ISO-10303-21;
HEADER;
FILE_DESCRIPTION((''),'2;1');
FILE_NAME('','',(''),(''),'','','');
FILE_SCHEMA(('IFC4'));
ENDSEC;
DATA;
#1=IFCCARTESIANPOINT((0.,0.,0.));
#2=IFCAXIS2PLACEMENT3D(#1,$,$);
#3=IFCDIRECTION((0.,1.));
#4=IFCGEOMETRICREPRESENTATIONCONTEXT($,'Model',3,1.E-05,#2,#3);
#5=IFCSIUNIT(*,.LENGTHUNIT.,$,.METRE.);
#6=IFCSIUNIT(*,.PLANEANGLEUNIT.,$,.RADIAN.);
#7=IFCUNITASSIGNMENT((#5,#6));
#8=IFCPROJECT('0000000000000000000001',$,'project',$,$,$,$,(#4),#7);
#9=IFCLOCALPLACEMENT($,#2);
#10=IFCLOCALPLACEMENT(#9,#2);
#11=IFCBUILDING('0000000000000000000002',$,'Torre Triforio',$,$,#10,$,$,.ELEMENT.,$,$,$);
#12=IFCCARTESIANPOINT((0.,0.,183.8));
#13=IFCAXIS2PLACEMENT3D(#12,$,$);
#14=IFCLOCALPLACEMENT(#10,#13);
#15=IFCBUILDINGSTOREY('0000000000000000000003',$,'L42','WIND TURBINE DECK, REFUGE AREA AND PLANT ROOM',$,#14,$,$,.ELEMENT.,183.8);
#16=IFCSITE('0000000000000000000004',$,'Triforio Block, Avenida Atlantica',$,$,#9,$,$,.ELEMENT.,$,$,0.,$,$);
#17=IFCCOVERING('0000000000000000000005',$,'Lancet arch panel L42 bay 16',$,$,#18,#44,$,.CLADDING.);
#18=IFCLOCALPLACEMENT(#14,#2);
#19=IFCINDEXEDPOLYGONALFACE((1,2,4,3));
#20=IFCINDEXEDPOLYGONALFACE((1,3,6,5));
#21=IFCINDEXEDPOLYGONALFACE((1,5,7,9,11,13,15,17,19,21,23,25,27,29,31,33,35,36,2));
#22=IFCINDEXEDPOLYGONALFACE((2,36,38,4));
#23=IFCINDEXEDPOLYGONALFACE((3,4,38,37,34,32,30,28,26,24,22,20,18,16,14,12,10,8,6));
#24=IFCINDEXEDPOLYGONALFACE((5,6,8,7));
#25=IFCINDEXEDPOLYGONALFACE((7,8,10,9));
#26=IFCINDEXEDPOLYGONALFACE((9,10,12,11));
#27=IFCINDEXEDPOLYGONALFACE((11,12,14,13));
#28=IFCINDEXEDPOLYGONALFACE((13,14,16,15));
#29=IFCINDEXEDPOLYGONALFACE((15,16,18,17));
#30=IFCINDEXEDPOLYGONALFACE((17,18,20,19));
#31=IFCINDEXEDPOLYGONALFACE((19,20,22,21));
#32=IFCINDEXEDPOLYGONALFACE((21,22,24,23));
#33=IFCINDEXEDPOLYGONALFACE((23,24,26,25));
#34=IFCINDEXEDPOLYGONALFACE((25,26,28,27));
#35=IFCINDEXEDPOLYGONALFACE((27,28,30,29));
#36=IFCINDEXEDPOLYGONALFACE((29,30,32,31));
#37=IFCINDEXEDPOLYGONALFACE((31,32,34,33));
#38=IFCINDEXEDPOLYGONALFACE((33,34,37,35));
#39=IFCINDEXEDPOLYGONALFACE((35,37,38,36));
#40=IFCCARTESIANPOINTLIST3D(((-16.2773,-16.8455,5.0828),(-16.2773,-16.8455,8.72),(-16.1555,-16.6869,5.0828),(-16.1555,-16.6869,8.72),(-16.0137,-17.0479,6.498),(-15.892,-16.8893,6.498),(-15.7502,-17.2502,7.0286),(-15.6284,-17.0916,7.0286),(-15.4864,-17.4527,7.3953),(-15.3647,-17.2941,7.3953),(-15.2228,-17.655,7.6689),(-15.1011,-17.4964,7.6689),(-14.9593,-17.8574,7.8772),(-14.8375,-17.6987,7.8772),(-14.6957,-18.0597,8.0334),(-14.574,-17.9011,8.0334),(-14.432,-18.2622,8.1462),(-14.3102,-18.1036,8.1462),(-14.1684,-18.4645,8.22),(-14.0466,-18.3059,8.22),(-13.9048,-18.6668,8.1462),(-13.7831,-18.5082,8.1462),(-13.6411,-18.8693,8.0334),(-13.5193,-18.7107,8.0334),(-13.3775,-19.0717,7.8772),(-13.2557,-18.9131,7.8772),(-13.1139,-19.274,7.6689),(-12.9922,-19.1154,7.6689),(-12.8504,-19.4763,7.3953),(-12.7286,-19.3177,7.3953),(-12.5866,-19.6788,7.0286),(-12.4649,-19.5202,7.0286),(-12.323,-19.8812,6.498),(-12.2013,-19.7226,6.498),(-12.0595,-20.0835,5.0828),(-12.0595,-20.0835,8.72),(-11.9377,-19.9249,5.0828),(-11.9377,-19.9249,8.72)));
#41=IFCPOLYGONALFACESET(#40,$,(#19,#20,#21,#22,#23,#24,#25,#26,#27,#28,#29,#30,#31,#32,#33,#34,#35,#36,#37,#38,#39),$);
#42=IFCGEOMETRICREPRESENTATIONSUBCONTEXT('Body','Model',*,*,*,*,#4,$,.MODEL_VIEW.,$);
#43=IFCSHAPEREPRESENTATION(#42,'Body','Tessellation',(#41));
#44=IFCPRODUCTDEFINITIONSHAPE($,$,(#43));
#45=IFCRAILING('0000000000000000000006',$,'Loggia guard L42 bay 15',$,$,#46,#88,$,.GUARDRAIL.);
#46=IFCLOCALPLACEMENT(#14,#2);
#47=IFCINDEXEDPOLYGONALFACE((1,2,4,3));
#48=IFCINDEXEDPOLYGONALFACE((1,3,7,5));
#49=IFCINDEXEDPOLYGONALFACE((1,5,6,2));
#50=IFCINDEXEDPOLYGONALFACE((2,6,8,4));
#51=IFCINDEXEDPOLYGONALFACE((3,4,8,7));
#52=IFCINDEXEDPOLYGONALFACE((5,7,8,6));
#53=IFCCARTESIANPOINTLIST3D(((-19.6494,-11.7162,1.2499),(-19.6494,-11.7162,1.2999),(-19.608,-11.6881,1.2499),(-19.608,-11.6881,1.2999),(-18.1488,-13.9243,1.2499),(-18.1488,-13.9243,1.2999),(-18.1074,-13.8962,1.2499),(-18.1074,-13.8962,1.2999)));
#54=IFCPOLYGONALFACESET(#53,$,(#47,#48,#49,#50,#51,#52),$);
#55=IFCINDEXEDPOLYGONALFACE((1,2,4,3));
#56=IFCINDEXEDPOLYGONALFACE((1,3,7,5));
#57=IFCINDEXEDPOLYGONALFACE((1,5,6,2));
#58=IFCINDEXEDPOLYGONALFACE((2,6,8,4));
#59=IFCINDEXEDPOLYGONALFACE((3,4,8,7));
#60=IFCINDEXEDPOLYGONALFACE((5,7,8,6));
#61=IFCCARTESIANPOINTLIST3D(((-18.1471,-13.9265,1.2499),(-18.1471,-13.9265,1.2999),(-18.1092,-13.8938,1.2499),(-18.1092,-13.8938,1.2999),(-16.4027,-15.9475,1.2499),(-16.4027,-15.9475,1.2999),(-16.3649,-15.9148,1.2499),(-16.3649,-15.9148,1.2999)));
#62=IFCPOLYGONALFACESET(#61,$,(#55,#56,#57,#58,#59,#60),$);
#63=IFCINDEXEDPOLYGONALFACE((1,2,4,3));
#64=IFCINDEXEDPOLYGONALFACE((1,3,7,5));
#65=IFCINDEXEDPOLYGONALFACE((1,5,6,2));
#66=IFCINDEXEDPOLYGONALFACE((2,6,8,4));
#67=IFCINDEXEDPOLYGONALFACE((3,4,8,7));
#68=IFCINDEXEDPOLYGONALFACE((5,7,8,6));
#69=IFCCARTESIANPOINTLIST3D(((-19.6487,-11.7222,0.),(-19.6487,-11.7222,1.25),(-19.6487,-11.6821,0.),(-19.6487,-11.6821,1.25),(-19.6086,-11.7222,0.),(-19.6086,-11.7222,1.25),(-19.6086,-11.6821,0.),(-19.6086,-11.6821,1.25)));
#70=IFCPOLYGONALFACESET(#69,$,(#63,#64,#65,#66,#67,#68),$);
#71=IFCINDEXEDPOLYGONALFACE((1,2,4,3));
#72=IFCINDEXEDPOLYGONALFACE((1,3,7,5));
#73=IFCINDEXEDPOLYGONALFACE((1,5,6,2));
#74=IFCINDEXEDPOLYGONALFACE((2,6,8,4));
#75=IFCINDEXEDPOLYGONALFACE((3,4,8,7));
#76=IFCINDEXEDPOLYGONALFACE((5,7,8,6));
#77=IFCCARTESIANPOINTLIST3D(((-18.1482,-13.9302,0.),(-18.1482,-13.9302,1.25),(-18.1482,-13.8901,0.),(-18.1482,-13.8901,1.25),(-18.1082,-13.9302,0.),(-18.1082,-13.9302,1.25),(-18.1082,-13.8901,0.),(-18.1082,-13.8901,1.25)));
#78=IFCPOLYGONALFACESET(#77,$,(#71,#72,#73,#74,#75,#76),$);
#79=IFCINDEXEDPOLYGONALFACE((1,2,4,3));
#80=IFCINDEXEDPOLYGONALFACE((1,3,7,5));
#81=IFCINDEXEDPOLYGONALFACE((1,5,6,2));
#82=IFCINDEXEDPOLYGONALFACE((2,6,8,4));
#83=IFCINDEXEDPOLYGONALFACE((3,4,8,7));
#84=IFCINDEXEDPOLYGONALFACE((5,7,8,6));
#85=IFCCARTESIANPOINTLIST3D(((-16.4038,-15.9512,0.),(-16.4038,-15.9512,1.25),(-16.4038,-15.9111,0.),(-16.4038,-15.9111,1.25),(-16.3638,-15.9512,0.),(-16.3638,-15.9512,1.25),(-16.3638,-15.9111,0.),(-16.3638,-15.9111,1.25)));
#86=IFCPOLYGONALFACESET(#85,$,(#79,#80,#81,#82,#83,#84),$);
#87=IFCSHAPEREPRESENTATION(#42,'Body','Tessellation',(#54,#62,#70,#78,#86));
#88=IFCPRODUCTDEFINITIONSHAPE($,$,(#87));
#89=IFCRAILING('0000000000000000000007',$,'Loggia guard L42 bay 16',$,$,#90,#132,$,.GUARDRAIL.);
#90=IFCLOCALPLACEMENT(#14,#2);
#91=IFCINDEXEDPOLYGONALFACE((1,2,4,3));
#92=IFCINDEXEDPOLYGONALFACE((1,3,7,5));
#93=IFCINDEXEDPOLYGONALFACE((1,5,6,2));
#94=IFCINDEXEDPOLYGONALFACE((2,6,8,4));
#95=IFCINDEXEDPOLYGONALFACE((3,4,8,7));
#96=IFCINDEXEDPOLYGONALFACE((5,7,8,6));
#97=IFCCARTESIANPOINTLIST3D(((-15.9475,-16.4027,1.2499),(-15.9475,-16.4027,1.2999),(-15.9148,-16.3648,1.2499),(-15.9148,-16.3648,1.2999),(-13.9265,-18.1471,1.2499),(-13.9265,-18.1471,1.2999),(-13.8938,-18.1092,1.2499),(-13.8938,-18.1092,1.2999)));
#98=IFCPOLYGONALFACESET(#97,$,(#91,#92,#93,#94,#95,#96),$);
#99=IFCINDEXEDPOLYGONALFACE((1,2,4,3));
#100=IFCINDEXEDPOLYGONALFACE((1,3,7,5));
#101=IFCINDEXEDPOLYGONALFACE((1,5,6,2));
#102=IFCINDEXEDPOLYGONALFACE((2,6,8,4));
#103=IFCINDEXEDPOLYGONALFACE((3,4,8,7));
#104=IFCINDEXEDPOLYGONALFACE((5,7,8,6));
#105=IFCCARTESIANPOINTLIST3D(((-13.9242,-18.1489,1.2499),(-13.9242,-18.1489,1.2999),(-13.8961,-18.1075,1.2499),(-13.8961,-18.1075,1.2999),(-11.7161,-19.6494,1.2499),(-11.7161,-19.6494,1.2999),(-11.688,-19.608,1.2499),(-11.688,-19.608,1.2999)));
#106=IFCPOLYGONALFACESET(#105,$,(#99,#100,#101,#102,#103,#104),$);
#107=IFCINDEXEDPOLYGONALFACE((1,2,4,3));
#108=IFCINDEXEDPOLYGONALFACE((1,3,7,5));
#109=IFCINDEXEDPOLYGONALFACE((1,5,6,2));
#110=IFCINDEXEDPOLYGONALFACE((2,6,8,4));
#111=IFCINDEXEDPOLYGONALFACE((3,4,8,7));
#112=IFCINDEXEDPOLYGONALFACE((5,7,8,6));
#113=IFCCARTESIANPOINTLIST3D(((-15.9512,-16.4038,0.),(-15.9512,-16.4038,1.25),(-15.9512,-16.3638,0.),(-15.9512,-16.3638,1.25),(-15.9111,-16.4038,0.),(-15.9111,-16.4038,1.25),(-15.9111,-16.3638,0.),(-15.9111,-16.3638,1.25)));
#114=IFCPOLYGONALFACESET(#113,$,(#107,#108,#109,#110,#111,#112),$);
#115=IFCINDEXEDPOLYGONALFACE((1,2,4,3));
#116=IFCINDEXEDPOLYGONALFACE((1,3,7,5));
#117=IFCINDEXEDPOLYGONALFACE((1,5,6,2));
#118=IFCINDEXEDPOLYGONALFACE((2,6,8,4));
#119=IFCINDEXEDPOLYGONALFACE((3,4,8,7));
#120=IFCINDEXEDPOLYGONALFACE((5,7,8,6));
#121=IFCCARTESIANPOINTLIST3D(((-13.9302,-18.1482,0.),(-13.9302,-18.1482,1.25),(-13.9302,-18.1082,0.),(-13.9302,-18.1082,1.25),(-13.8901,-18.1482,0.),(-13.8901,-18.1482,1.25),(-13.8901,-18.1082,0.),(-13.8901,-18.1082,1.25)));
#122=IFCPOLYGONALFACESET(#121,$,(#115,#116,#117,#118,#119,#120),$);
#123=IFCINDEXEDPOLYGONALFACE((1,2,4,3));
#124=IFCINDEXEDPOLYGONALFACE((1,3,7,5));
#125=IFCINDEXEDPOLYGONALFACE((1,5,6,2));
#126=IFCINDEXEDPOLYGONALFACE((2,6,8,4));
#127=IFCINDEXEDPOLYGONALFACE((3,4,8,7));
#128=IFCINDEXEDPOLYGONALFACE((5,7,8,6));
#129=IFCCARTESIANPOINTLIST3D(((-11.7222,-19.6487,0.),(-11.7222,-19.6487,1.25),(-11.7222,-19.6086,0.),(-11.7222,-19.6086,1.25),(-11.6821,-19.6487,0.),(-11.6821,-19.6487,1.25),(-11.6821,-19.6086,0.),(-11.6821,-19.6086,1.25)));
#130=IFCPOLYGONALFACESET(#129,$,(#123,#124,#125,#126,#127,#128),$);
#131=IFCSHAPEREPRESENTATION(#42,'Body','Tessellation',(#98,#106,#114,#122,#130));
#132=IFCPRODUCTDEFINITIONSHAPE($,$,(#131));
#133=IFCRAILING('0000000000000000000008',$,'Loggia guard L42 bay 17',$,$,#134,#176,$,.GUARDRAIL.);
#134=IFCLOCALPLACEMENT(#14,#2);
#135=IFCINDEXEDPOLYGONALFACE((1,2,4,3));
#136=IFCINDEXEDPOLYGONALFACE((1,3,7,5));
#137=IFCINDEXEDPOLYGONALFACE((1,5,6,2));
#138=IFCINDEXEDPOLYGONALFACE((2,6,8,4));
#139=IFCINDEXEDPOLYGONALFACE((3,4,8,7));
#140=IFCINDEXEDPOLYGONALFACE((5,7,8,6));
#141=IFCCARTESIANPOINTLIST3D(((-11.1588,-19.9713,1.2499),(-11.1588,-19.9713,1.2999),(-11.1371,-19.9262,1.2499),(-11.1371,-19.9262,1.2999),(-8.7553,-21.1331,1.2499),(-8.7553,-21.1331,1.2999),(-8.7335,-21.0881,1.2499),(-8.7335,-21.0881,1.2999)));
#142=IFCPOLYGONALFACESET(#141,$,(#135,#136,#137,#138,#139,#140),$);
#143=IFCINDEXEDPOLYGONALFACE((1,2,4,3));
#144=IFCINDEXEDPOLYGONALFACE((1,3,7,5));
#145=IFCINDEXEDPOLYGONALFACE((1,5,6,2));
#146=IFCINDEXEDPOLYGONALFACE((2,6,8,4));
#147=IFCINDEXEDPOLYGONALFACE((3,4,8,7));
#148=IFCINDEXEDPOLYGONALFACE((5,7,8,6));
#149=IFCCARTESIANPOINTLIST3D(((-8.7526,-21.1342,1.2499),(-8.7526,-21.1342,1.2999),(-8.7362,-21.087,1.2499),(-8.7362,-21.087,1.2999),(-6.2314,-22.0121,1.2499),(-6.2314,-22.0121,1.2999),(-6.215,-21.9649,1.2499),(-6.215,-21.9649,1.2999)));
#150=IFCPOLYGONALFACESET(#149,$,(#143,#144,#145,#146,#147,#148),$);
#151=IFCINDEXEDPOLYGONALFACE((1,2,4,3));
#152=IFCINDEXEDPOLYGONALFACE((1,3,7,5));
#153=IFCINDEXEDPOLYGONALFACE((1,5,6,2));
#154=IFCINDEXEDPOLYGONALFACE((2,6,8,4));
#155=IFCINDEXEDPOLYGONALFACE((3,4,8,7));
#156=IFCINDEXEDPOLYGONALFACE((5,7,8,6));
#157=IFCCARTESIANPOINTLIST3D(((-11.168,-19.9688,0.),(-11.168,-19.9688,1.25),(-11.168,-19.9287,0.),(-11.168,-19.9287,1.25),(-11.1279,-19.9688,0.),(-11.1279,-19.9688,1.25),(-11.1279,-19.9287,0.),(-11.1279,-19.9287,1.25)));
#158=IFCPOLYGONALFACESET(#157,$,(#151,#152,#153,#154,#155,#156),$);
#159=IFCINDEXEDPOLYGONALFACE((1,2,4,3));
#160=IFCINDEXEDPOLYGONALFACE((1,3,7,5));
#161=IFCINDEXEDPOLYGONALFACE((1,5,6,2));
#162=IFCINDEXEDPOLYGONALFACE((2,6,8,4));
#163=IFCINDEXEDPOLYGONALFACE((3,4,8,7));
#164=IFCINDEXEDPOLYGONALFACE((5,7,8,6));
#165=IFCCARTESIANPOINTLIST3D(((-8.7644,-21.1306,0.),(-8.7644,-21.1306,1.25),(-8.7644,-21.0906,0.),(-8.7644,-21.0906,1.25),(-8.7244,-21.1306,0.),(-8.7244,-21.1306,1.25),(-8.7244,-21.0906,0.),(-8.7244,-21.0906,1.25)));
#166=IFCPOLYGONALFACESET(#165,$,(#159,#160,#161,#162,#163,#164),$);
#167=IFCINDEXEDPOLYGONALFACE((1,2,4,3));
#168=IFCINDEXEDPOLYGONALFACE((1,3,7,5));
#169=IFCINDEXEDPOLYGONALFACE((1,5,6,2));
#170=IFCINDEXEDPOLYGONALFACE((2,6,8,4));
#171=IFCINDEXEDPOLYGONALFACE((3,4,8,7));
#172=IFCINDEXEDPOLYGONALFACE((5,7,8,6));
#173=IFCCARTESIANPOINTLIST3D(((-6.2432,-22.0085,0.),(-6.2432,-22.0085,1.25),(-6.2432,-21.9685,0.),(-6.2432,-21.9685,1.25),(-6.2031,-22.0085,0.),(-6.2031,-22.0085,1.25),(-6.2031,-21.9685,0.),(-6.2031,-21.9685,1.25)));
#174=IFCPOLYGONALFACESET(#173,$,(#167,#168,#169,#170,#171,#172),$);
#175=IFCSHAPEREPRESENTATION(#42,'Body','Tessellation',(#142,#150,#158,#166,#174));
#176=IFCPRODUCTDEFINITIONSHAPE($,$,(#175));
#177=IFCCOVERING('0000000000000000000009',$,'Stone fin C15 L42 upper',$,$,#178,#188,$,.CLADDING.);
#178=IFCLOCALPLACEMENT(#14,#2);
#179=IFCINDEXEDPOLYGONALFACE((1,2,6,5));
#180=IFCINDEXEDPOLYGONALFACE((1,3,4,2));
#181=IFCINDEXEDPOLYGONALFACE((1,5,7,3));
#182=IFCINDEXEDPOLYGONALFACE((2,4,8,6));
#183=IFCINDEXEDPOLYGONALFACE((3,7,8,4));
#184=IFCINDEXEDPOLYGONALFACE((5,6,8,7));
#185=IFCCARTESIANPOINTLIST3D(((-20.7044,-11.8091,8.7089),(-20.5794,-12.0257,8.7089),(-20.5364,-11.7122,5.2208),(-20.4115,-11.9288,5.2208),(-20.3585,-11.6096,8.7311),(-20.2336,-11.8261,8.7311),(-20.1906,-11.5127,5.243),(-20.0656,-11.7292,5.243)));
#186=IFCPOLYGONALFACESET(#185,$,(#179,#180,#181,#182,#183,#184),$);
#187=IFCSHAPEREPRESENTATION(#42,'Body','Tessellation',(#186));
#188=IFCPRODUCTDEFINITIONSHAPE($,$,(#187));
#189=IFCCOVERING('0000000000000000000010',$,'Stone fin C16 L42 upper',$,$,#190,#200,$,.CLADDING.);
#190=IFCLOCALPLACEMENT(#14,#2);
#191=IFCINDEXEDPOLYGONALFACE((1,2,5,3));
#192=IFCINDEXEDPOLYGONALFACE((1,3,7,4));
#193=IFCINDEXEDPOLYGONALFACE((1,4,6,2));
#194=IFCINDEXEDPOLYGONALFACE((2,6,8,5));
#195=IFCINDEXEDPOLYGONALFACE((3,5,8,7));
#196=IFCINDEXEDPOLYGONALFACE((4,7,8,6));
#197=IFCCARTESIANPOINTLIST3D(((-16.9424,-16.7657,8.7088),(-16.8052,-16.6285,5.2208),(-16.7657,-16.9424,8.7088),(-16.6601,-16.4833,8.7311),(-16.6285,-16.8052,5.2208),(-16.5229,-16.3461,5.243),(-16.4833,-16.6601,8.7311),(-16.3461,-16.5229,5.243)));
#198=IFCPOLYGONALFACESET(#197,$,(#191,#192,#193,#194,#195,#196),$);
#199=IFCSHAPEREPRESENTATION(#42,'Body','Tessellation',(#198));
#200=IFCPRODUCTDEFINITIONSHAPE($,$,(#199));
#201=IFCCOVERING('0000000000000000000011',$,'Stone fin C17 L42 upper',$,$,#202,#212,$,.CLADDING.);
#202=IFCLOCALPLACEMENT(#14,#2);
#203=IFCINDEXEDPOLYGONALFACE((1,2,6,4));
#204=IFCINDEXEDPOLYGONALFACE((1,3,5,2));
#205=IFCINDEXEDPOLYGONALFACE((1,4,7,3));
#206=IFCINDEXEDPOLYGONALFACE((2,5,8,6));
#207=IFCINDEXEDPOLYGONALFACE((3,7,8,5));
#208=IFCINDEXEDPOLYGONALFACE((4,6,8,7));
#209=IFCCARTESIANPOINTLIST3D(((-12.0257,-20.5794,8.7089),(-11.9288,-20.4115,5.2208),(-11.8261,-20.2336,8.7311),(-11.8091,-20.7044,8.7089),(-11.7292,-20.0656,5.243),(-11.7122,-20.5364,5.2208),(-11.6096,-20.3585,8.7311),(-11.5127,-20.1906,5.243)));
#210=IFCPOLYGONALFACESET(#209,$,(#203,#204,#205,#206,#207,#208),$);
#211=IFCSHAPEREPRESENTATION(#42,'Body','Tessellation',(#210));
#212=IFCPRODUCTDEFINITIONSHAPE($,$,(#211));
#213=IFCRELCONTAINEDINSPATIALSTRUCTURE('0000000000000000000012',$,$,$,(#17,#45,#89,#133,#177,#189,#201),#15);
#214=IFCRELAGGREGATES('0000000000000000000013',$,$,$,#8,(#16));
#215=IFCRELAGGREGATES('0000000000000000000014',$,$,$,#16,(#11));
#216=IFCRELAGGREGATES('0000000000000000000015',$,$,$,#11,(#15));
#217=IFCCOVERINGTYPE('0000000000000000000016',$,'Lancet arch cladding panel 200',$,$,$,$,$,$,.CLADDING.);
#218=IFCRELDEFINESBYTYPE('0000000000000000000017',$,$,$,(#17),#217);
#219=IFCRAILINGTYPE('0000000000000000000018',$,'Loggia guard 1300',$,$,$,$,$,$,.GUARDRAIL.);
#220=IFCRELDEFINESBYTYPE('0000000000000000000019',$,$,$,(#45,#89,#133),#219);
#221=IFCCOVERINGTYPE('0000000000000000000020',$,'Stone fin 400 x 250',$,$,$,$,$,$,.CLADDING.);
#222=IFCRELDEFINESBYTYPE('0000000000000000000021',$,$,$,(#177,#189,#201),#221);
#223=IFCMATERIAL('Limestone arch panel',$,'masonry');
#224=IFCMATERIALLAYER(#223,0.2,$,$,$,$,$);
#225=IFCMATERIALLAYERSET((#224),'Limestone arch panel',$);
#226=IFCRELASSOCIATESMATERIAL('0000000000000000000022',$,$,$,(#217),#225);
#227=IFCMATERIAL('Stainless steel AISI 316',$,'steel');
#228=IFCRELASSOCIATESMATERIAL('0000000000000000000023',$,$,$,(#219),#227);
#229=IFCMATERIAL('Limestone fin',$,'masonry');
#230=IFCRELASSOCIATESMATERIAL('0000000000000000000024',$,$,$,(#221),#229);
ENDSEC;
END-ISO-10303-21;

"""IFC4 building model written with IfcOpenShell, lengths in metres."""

from ifc_helpers import new_model, si_unit, direction, frame, origin, origin_2d, place, context, subcontext, project, spatial, polyline, rectangle, outline, extrude, material, layer, layer_set, material_profile, profile_set, type_object, element, save


model = new_model("IFC4")

# Units and contexts
model_context = context("Model", 3, precision=1e-05, world=origin(), true_north=direction((0.0, 1.0)))
body_context = subcontext(model_context, "Body", "Model", "MODEL_VIEW")
ifc_project = project(units=[si_unit("LENGTHUNIT", "METRE"), si_unit("PLANEANGLEUNIT", "RADIAN")], contexts=[model_context])

# Site, building, storey
site_placement = place(None, origin())
site = spatial("IfcSite", under=ifc_project, at=site_placement, Name="Triforio Block, Avenida Atlantica", CompositionType="ELEMENT", RefElevation=0.0)
building_placement = place(site_placement, origin())
building = spatial("IfcBuilding", under=site, at=building_placement, Name="Torre Triforio", CompositionType="ELEMENT")
storey_placement = place(building_placement, frame((0.0, 0.0, 183.8)))
storey = spatial("IfcBuildingStorey", under=building, at=storey_placement, Name="L42", Description="WIND TURBINE DECK, REFUGE AREA AND PLANT ROOM", CompositionType="ELEMENT", Elevation=183.8)

# Covering
ifc_material_1 = material(Name="Limestone arch panel", Category="masonry")
ifc_layer_1 = layer(ifc_material_1, 0.2)
ifc_layer_set_1 = layer_set([ifc_layer_1], Name="Limestone arch panel")
covering_type_1 = type_object("IfcCoveringType", Name="Lancet arch cladding panel 200", PredefinedType="CLADDING", material=ifc_layer_set_1)
for number, where, z_axis, x_axis, name in (
    (1, (-14.0466, -18.3059, 0.0), (-0.608944, -0.793213, 0.0), (0.793213, -0.608944, 0.0), "Lancet arch panel L42 bay 16"),
):
    element("IfcCovering", number, at=place(storey_placement, frame(where, z_axis=z_axis, x_axis=x_axis)), inside=storey, type_object=covering_type_1, Name=name, PredefinedType="CLADDING", context=body_context, shape_type="SweptSolid", body=[
        extrude(outline(polyline([(-2.6587, 8.72), (-2.6587, 5.0828), (-2.3264, 6.498), (-1.9941, 7.0286), (-1.6616, 7.3953), (-1.3293, 7.6689), (-0.9971, 7.8772), (-0.6648, 8.0334), (-0.3323, 8.1462), (0.0, 8.22), (0.3323, 8.1462), (0.6648, 8.0334), (0.9971, 7.8772), (1.3293, 7.6689), (1.6616, 7.3953), (1.9941, 7.0286), (2.3264, 6.498), (2.6587, 5.0828), (2.6587, 8.72), (-2.6587, 8.72)])), origin(), (0.0, 0.0, 1.0), 0.2),
    ])

# Railings
ifc_material_2 = material(Name="Stainless steel AISI 316", Category="steel")
railing_type = type_object("IfcRailingType", Name="Loggia guard 1300", PredefinedType="GUARDRAIL", material=ifc_material_2)
railing_1_placement = place(storey_placement, frame((-19.6287, -11.7021, 0.0)))
element("IfcRailing", 2, at=railing_1_placement, inside=storey, type_object=railing_type, Name="Loggia guard L42 bay 15", PredefinedType="GUARDRAIL", context=body_context, shape_type="SweptSolid", body=[
    extrude(rectangle(XDim=0.05, YDim=0.05, at=origin_2d()), frame((0.0, 0.0, 1.2749), z_axis=(0.562065, -0.827093, 0.0), x_axis=(0.827093, 0.562065, 0.0)), (0.0, 0.0, 1.0), 2.6697),
    extrude(rectangle(XDim=0.05, YDim=0.05, at=origin_2d()), frame((1.5005, -2.208, 1.2749), z_axis=(0.653401, -0.757012, 0.0), x_axis=(0.757012, 0.653401, 0.0)), (0.0, 0.0, 1.0), 2.6697),
    extrude(rectangle(XDim=0.04, YDim=0.04, at=origin_2d()), origin(), (0.0, 0.0, 1.0), 1.25),
    extrude(rectangle(XDim=0.04, YDim=0.04, at=origin_2d()), frame((1.5005, -2.208, 0.0)), (0.0, 0.0, 1.0), 1.25),
    extrude(rectangle(XDim=0.04, YDim=0.04, at=origin_2d()), frame((3.2449, -4.229, 0.0)), (0.0, 0.0, 1.0), 1.25),
])
railing_2_placement = place(storey_placement, frame((-15.9312, -16.3838, 0.0)))
element("IfcRailing", 3, at=railing_2_placement, inside=storey, type_object=railing_type, Name="Loggia guard L42 bay 16", PredefinedType="GUARDRAIL", context=body_context, shape_type="SweptSolid", body=[
    extrude(rectangle(XDim=0.05, YDim=0.05, at=origin_2d()), frame((0.0, 0.0, 1.2749), z_axis=(0.757012, -0.653401, 0.0), x_axis=(0.653401, 0.757012, 0.0)), (0.0, 0.0, 1.0), 2.6697),
    extrude(rectangle(XDim=0.05, YDim=0.05, at=origin_2d()), frame((2.021, -1.7444, 1.2749), z_axis=(0.827093, -0.562065, 0.0), x_axis=(0.562065, 0.827093, 0.0)), (0.0, 0.0, 1.0), 2.6697),
    extrude(rectangle(XDim=0.04, YDim=0.04, at=origin_2d()), origin(), (0.0, 0.0, 1.0), 1.25),
    extrude(rectangle(XDim=0.04, YDim=0.04, at=origin_2d()), frame((2.021, -1.7444, 0.0)), (0.0, 0.0, 1.0), 1.25),
    extrude(rectangle(XDim=0.04, YDim=0.04, at=origin_2d()), frame((4.229, -3.2449, 0.0)), (0.0, 0.0, 1.0), 1.25),
])
railing_3_placement = place(storey_placement, frame((-11.1479, -19.9487, 0.0)))
element("IfcRailing", 4, at=railing_3_placement, inside=storey, type_object=railing_type, Name="Loggia guard L42 bay 17", PredefinedType="GUARDRAIL", context=body_context, shape_type="SweptSolid", body=[
    extrude(rectangle(XDim=0.05, YDim=0.05, at=origin_2d()), frame((0.0, 0.0, 1.2749), z_axis=(0.900328, -0.435212, 0.0), x_axis=(0.435212, 0.900328, 0.0)), (0.0, 0.0, 1.0), 2.6697),
    extrude(rectangle(XDim=0.05, YDim=0.05, at=origin_2d()), frame((2.4036, -1.1619, 1.2749), z_axis=(0.944383, -0.328847, 0.0), x_axis=(0.328847, 0.944383, 0.0)), (0.0, 0.0, 1.0), 2.6697),
    extrude(rectangle(XDim=0.04, YDim=0.04, at=origin_2d()), origin(), (0.0, 0.0, 1.0), 1.25),
    extrude(rectangle(XDim=0.04, YDim=0.04, at=origin_2d()), frame((2.4036, -1.1619, 0.0)), (0.0, 0.0, 1.0), 1.25),
    extrude(rectangle(XDim=0.04, YDim=0.04, at=origin_2d()), frame((4.9248, -2.0398, 0.0)), (0.0, 0.0, 1.0), 1.25),
])

# Coverings
ifc_material_3 = material(Name="Limestone fin", Category="masonry")
ifc_material_profile_1 = material_profile(ifc_material_3, rectangle(XDim=0.3999, YDim=0.25, at=origin_2d()), Name="FIN 400x250")
ifc_profile_set_1 = profile_set([ifc_material_profile_1], Name="Limestone fin")
covering_type_2 = type_object("IfcCoveringType", Name="Stone fin 400 x 250", PredefinedType="CLADDING", material=ifc_profile_set_1)
for number, where, z_axis, x_axis, name in (
    (5, (-20.301, -11.7207, 5.2319), (-0.048081, -0.027745, 0.998458), (0.864808, 0.499024, 0.055512), "Stone fin C15 L42 upper"),
    (6, (-16.5757, -16.5757, 5.2319), (-0.039276, -0.039276, 0.998456), (0.706015, 0.706015, 0.055544), "Stone fin C16 L42 upper"),
    (7, (-11.7207, -20.301, 5.2319), (-0.027745, -0.048081, 0.998458), (0.499024, 0.864808, 0.055512), "Stone fin C17 L42 upper"),
):
    element("IfcCovering", number, at=place(storey_placement, frame(where, z_axis=z_axis, x_axis=x_axis)), inside=storey, type_object=covering_type_2, Name=name, PredefinedType="CLADDING", context=body_context, shape_type="SweptSolid", body=[
        extrude(rectangle(XDim=0.3999, YDim=0.25, at=origin_2d()), origin(), (0.0, 0.0, 1.0), 3.4934),
    ])

save(model, "model.ifc")
